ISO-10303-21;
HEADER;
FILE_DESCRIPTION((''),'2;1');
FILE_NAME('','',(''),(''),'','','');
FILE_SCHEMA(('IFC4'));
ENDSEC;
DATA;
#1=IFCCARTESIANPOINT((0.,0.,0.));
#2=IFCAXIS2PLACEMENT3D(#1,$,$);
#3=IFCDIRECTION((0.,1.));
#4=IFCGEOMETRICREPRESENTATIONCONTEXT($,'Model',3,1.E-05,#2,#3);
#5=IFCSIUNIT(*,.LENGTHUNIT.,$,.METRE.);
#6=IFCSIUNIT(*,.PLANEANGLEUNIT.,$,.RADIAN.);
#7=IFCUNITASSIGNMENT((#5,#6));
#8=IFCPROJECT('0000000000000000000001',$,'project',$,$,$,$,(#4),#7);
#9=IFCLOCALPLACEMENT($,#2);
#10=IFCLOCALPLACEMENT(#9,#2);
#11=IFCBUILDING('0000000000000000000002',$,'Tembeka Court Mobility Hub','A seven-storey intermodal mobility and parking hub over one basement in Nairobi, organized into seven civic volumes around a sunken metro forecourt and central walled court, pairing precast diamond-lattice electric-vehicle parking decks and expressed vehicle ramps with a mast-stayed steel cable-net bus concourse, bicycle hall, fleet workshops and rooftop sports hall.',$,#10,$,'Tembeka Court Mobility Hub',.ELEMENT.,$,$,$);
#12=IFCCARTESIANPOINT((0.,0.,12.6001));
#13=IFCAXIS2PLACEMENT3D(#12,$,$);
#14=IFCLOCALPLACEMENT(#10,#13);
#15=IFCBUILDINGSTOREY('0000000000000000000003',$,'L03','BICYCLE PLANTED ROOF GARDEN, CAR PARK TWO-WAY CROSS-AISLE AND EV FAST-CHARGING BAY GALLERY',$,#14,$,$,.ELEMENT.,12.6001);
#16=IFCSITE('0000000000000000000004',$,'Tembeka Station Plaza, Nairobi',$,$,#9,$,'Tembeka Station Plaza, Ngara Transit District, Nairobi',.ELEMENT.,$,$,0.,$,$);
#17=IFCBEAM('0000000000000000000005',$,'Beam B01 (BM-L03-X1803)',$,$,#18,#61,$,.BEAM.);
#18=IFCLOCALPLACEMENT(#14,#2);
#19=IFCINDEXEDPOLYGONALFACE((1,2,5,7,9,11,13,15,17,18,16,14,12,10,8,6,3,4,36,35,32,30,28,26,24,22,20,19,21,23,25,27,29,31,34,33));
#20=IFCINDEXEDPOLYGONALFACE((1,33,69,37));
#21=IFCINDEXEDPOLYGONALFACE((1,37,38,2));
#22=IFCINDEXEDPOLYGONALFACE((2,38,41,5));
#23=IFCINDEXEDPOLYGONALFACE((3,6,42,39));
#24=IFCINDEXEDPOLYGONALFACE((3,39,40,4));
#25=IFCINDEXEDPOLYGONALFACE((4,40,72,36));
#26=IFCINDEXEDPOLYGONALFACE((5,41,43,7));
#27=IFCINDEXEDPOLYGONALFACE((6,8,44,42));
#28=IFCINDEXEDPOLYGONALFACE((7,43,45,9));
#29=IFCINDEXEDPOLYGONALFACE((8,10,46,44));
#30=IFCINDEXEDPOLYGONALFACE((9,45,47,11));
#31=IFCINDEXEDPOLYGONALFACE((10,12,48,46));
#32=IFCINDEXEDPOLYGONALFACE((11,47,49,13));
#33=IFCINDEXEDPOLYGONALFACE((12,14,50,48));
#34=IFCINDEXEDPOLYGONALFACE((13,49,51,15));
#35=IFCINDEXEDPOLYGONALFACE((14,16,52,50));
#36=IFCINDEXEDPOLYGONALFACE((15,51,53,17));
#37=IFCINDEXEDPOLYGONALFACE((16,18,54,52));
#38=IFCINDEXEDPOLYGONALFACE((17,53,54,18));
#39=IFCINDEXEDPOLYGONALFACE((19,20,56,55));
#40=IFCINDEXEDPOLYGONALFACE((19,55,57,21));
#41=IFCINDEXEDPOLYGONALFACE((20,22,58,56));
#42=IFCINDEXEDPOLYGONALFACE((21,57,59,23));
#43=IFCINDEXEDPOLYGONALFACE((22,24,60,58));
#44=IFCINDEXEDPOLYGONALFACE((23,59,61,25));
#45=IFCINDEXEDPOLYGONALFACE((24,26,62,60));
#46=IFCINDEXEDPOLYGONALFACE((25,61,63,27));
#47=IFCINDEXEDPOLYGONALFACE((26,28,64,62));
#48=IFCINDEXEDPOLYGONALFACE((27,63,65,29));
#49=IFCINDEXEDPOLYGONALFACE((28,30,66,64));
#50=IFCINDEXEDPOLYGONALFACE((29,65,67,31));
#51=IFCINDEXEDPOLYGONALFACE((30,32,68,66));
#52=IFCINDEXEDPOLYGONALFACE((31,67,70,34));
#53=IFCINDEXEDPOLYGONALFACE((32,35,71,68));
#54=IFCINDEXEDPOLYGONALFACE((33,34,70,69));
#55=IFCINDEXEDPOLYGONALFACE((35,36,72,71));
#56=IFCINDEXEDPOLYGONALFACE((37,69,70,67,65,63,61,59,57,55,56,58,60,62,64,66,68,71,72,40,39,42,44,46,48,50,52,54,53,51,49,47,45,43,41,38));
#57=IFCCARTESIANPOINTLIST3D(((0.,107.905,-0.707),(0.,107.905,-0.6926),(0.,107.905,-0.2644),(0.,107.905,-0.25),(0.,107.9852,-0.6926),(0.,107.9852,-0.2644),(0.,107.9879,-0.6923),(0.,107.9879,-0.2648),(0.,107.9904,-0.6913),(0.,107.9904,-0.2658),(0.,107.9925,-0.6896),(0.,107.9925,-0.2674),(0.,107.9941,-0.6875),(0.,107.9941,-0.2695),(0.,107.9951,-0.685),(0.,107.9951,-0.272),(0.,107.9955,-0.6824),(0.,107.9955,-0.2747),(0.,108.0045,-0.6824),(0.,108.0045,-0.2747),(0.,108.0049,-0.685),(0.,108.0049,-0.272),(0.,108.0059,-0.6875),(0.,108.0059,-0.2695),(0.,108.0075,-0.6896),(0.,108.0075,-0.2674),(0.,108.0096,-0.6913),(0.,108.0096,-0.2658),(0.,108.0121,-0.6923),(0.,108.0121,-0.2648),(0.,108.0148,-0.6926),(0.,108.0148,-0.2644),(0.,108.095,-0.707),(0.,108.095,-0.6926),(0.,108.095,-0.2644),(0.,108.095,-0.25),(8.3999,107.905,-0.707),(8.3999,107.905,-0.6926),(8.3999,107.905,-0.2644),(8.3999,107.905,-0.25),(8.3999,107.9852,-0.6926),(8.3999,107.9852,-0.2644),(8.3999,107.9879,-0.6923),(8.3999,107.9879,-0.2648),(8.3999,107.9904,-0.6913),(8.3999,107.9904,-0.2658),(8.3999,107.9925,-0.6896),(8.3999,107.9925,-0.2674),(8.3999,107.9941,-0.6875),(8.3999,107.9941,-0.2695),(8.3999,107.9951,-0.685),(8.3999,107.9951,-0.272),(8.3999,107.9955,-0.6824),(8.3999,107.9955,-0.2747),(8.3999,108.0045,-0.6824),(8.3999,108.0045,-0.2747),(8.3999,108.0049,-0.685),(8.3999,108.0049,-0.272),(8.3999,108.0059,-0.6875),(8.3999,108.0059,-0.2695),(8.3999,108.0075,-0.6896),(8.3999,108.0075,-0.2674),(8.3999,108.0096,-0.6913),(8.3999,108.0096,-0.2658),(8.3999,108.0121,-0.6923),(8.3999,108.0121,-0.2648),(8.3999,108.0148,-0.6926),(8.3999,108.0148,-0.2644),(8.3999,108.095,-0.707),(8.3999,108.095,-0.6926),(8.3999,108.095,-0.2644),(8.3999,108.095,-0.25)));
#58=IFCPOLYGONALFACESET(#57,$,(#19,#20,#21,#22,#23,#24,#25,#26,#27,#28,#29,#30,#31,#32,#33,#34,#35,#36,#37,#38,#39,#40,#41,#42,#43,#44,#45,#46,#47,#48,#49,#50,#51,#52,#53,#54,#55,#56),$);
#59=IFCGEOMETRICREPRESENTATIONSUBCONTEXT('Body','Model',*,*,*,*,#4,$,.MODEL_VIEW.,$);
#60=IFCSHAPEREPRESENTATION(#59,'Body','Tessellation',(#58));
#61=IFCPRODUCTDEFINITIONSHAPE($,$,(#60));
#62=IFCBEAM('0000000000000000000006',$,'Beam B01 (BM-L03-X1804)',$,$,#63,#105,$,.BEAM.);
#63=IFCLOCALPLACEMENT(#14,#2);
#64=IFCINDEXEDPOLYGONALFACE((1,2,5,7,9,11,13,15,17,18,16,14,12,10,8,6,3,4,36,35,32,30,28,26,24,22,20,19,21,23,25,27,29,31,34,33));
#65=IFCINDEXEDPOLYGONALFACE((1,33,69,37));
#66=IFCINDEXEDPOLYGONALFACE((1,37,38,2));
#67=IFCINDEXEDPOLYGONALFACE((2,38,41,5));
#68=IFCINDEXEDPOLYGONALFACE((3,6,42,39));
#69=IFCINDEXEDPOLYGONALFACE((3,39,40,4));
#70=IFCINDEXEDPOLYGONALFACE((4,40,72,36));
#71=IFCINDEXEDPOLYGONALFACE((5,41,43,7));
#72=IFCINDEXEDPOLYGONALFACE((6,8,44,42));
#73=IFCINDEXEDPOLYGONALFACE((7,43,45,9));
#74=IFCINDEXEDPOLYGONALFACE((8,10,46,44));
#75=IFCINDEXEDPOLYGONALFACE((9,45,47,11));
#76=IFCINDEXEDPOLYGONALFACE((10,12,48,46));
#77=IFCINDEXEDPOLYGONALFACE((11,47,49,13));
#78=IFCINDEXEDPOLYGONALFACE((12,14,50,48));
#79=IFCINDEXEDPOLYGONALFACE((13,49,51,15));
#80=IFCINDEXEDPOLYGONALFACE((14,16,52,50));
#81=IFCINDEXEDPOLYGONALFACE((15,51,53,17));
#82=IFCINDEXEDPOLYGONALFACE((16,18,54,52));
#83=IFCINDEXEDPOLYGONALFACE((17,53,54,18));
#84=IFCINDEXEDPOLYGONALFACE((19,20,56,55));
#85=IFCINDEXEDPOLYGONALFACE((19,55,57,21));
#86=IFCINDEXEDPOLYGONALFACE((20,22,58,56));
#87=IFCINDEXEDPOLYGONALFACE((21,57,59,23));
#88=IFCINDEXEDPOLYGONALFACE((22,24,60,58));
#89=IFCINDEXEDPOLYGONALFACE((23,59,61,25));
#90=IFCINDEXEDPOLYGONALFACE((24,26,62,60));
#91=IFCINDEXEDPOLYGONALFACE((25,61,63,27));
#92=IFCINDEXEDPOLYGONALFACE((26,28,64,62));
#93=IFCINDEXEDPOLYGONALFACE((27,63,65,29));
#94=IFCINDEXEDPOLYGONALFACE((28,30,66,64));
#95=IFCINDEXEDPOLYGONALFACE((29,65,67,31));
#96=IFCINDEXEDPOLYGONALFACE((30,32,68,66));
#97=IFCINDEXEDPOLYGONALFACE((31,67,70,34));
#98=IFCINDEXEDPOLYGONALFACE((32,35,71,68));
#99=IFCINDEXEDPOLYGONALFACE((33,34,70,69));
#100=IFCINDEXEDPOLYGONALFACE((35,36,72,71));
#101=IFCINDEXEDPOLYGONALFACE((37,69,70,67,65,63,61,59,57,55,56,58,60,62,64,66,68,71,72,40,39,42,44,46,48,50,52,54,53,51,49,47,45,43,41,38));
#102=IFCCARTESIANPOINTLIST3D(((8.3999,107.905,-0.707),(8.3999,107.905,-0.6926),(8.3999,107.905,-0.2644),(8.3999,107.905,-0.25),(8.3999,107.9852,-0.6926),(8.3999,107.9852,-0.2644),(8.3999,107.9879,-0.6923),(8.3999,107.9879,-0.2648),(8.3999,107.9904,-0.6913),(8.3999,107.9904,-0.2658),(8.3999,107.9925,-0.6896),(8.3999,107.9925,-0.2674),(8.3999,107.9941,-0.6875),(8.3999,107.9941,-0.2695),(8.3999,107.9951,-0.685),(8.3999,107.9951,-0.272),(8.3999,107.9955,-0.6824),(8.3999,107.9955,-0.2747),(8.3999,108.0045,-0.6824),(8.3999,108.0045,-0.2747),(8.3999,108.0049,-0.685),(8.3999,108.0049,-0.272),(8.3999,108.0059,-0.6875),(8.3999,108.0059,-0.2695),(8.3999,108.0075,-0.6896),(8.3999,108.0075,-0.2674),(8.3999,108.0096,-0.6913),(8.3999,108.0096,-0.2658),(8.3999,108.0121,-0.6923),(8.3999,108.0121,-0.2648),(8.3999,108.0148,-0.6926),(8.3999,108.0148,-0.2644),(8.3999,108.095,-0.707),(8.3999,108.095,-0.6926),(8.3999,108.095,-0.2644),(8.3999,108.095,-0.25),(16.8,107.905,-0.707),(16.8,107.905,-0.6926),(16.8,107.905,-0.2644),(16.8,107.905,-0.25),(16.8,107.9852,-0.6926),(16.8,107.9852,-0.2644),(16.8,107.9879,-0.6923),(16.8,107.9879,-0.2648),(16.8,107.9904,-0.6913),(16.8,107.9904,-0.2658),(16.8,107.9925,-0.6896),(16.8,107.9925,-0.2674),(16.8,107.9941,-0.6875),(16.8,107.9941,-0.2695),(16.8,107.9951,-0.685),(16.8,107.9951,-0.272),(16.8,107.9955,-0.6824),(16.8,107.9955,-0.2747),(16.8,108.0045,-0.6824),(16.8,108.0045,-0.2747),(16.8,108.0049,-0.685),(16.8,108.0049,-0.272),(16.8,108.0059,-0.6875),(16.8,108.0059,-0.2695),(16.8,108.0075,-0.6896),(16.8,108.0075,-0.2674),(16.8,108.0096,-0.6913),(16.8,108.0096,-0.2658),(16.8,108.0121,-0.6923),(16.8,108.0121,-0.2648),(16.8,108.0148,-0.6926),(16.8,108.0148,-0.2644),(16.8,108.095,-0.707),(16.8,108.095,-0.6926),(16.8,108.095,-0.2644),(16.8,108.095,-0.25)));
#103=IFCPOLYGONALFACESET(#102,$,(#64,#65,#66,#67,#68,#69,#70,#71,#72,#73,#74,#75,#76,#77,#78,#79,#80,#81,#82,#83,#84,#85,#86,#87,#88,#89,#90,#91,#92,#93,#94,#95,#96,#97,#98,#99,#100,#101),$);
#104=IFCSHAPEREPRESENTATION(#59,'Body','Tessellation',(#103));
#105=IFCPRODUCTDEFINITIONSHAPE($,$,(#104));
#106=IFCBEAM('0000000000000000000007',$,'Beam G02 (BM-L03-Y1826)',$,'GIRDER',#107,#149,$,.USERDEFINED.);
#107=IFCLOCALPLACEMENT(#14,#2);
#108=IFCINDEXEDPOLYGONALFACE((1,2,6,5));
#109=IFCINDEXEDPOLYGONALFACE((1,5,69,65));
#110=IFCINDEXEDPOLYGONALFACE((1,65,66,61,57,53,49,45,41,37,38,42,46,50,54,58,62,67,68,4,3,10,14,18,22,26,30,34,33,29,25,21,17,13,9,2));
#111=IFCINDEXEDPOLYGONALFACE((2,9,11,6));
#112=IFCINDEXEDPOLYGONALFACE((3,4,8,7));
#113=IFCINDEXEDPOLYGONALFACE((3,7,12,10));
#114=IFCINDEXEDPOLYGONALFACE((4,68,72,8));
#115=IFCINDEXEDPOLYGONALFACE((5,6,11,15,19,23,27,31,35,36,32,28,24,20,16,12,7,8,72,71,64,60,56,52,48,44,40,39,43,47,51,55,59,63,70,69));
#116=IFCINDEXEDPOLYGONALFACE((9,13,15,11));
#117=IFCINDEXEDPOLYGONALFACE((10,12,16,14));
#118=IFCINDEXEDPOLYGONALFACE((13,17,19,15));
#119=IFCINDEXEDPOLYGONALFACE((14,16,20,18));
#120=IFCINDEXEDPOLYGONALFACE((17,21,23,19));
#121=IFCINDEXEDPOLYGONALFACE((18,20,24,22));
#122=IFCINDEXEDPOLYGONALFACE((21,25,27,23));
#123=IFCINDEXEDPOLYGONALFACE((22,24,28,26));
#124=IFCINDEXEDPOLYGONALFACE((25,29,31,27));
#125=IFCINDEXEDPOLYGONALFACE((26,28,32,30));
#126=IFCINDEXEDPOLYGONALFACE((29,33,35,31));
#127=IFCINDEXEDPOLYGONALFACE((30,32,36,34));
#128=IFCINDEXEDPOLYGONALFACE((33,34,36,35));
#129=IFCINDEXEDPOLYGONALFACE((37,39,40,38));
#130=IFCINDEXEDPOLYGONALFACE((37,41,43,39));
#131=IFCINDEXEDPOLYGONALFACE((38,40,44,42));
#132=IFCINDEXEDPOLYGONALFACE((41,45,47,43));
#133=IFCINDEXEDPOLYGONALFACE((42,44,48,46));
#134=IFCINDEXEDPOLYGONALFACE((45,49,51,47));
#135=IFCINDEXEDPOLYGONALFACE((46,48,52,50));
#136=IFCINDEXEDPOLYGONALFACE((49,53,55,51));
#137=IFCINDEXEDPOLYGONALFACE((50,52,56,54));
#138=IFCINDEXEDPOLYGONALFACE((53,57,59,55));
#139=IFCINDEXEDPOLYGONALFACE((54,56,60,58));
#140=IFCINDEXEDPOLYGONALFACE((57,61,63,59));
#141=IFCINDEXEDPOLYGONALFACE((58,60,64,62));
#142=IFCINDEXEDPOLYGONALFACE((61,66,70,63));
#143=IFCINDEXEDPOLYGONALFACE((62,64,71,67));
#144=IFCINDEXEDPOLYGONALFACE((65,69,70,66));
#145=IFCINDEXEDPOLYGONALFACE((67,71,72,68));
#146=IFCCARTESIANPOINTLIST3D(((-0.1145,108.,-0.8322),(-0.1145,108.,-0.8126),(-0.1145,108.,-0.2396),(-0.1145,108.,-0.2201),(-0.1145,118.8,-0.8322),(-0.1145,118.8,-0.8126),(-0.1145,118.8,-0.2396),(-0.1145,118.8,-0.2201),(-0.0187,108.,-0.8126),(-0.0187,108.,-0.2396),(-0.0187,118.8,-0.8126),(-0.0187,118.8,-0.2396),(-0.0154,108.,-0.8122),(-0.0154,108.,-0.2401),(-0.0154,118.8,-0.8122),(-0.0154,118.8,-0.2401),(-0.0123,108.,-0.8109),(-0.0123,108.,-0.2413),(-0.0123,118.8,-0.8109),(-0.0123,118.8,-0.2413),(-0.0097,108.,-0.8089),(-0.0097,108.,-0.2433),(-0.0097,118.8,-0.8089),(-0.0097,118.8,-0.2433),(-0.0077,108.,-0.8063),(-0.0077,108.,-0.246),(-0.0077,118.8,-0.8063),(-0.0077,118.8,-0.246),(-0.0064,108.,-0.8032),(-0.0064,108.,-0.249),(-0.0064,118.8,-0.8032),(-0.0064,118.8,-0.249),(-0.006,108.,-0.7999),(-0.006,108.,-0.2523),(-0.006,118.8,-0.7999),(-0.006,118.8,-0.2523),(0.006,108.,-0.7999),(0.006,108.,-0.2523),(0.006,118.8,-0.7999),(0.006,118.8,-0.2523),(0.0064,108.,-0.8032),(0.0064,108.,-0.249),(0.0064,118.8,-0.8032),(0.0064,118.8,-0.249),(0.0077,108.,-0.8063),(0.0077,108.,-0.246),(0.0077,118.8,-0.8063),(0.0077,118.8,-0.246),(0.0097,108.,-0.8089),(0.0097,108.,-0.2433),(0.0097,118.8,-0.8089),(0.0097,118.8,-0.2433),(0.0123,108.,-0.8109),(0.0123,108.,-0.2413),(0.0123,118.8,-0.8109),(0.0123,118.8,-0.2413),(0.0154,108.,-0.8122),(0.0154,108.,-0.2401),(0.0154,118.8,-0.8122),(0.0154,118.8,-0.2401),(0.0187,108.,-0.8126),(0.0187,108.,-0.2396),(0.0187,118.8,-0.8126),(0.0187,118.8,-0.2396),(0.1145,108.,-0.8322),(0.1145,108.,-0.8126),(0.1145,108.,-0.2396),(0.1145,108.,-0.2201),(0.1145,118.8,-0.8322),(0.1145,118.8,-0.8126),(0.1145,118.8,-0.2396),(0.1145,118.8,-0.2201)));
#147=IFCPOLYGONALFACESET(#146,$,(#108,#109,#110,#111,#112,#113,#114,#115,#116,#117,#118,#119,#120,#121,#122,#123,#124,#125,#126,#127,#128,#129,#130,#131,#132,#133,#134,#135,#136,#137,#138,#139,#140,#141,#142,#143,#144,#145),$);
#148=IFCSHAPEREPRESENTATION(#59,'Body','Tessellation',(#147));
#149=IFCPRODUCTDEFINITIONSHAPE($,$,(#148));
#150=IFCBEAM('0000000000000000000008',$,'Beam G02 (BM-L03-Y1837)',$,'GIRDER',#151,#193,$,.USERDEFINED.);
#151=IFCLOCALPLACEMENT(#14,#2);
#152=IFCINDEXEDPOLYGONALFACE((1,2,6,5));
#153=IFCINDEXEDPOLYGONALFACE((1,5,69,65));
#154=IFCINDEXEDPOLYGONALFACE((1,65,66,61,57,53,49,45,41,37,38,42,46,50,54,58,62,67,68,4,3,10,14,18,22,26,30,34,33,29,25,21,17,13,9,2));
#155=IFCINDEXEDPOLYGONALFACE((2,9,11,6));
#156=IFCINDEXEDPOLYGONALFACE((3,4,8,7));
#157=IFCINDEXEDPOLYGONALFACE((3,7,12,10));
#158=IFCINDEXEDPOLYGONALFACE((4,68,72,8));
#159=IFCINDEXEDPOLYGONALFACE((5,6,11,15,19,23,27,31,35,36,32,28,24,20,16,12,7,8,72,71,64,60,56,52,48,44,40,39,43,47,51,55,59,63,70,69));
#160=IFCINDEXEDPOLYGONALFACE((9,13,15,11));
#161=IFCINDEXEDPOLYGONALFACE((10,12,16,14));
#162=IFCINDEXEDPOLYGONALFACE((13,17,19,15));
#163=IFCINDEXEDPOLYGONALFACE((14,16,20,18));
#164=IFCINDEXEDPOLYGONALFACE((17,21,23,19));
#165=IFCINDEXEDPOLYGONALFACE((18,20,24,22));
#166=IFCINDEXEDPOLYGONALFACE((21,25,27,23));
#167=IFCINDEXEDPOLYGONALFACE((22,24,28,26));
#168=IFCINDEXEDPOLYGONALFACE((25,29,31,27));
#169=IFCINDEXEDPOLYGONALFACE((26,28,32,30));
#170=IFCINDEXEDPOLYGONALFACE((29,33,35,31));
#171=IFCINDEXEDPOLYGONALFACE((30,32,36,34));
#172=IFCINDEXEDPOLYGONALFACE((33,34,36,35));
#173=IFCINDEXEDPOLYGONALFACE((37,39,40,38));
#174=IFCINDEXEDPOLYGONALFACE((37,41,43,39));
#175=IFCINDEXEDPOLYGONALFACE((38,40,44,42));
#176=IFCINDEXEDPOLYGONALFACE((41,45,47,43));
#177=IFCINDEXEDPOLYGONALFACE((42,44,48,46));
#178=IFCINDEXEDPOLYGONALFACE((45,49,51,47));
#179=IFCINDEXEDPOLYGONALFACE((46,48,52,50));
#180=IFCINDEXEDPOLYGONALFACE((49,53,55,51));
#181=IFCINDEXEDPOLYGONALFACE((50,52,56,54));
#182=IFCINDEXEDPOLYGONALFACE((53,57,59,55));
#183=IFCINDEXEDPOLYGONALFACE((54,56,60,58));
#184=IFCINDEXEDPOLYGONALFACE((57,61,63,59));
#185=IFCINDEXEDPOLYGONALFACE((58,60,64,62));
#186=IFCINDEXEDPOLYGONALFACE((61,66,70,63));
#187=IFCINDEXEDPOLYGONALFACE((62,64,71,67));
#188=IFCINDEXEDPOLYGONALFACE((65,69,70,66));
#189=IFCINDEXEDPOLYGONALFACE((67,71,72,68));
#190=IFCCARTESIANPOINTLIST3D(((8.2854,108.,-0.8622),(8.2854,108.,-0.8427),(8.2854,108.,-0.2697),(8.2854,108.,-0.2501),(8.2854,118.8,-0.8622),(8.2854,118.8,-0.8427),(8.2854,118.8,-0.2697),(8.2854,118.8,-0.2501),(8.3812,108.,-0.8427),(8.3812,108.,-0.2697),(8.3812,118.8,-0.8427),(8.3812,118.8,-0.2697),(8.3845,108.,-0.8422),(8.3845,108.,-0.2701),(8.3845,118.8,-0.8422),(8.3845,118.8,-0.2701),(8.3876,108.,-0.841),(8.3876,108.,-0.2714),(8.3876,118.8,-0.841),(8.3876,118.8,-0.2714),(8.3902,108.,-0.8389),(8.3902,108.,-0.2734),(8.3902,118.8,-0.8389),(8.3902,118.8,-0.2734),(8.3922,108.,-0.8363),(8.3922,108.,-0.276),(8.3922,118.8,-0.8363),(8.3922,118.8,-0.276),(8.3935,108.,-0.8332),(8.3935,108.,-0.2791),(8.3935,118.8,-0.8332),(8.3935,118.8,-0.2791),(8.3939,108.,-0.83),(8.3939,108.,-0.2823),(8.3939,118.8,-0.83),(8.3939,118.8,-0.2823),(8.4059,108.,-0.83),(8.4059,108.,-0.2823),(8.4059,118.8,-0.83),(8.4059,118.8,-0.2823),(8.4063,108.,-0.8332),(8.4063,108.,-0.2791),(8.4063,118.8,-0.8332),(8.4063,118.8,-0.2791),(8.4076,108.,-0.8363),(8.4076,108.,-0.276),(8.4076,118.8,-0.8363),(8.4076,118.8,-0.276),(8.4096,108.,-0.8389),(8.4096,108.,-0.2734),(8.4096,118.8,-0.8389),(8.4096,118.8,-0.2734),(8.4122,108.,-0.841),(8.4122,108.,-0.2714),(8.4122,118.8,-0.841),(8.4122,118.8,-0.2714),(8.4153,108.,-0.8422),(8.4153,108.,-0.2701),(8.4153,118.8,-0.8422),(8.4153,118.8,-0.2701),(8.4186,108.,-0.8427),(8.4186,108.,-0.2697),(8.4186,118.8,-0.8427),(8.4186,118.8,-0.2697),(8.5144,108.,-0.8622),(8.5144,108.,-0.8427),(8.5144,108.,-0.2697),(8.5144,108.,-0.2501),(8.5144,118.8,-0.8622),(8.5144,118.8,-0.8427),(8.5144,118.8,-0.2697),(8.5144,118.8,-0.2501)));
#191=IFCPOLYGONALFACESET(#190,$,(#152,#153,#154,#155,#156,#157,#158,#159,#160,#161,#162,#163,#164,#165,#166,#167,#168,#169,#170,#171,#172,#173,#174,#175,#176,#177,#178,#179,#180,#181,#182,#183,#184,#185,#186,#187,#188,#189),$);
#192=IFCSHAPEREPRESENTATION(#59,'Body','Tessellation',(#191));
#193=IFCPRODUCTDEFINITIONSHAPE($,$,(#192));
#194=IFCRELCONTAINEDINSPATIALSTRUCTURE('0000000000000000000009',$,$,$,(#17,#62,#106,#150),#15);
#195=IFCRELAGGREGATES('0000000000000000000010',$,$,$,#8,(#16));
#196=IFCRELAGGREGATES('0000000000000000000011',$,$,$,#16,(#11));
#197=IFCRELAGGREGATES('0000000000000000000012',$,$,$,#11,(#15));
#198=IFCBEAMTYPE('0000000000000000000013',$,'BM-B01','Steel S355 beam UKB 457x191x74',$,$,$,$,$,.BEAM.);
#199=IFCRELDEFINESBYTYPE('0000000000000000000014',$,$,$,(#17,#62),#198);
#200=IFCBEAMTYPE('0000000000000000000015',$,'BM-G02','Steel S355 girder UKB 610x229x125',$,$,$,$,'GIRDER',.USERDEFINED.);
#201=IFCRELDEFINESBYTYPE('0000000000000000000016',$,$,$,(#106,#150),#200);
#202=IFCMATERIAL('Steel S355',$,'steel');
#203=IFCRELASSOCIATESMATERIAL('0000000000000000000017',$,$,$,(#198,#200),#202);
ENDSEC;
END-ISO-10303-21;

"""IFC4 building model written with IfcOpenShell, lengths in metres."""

from ifc_helpers import new_model, si_unit, direction, frame, origin, origin_2d, place, context, subcontext, project, spatial, i_section, extrude, material, material_profile, profile_set, type_object, element, save


model = new_model("IFC4")

# Units and contexts
model_context = context("Model", 3, precision=1e-05, world=origin(), true_north=direction((0.0, 1.0)))
body_context = subcontext(model_context, "Body", "Model", "MODEL_VIEW")
ifc_project = project(units=[si_unit("LENGTHUNIT", "METRE"), si_unit("PLANEANGLEUNIT", "RADIAN")], contexts=[model_context])

# Site, building, storey
site_placement = place(None, origin())
site = spatial("IfcSite", under=ifc_project, at=site_placement, Name="Tembeka Station Plaza, Nairobi", LongName="Tembeka Station Plaza, Ngara Transit District, Nairobi", CompositionType="ELEMENT", RefElevation=0.0)
building_placement = place(site_placement, origin())
building = spatial("IfcBuilding", under=site, at=building_placement, Name="Tembeka Court Mobility Hub", Description="A seven-storey intermodal mobility and parking hub over one basement in Nairobi, organized into seven civic volumes around a sunken metro forecourt and central walled court, pairing precast diamond-lattice electric-vehicle parking decks and expressed vehicle ramps with a mast-stayed steel cable-net bus concourse, bicycle hall, fleet workshops and rooftop sports hall.", LongName="Tembeka Court Mobility Hub", CompositionType="ELEMENT")
storey_placement = place(building_placement, frame((0.0, 0.0, 12.6001)))
storey = spatial("IfcBuildingStorey", under=building, at=storey_placement, Name="L03", Description="BICYCLE PLANTED ROOF GARDEN, CAR PARK TWO-WAY CROSS-AISLE AND EV FAST-CHARGING BAY GALLERY", CompositionType="ELEMENT", Elevation=12.6001)

# Shared definitions
ifc_material_1 = material(Name="Steel S355", Category="steel")

# Beams
ifc_material_profile_1 = material_profile(ifc_material_1, i_section(OverallWidth=0.1899, OverallDepth=0.457, WebThickness=0.009, FlangeThickness=0.0144, FilletRadius=0.0103, at=origin_2d()), Name="UKB 457x191x74")
ifc_profile_set_1 = profile_set([ifc_material_profile_1], Name="Steel S355")
beam_type_1 = type_object("IfcBeamType", Name="BM-B01", Description="Steel S355 beam UKB 457x191x74", PredefinedType="BEAM", material=ifc_profile_set_1)
beam_1_placement = place(storey_placement, frame((0.0, 108.0, -0.4785), z_axis=(1.0, 0.0, 0.0), x_axis=(0.0, 1.0, 0.0)))
element("IfcBeam", 1, at=beam_1_placement, inside=storey, type_object=beam_type_1, Name="Beam B01 (BM-L03-X1803)", PredefinedType="BEAM", context=body_context, shape_type="SweptSolid", body=[
    extrude(i_section(OverallWidth=0.1899, OverallDepth=0.457, WebThickness=0.009, FlangeThickness=0.0144, FilletRadius=0.0103, at=origin_2d()), origin(), (0.0, 0.0, 1.0), 8.3999),
])
beam_2_placement = place(storey_placement, frame((8.3999, 108.0, -0.4785), z_axis=(1.0, 0.0, 0.0), x_axis=(0.0, 1.0, 0.0)))
element("IfcBeam", 2, at=beam_2_placement, inside=storey, type_object=beam_type_1, Name="Beam B01 (BM-L03-X1804)", PredefinedType="BEAM", context=body_context, shape_type="SweptSolid", body=[
    extrude(i_section(OverallWidth=0.1899, OverallDepth=0.457, WebThickness=0.009, FlangeThickness=0.0144, FilletRadius=0.0103, at=origin_2d()), origin(), (0.0, 0.0, 1.0), 8.4001),
])
ifc_material_profile_2 = material_profile(ifc_material_1, i_section(OverallWidth=0.229, OverallDepth=0.6121, WebThickness=0.012, FlangeThickness=0.0195, FilletRadius=0.0127, at=origin_2d()), Name="UKB 610x229x125")
ifc_profile_set_2 = profile_set([ifc_material_profile_2], Name="Steel S355")
beam_type_2 = type_object("IfcBeamType", Name="BM-G02", Description="Steel S355 girder UKB 610x229x125", ElementType="GIRDER", PredefinedType="USERDEFINED", material=ifc_profile_set_2)
for number, where, z_axis, x_axis, name in (
    (3, (0.0, 108.0, -0.5261), (0.0, 1.0, 0.0), (-1.0, 0.0, 0.0), "Beam G02 (BM-L03-Y1826)"),
    (4, (8.3999, 108.0, -0.5562), (0.0, 1.0, 0.0), (-1.0, 0.0, 0.0), "Beam G02 (BM-L03-Y1837)"),
):
    element("IfcBeam", number, at=place(storey_placement, frame(where, z_axis=z_axis, x_axis=x_axis)), inside=storey, type_object=beam_type_2, Name=name, ObjectType="GIRDER", PredefinedType="USERDEFINED", context=body_context, shape_type="SweptSolid", body=[
        extrude(i_section(OverallWidth=0.229, OverallDepth=0.6121, WebThickness=0.012, FlangeThickness=0.0195, FilletRadius=0.0127, at=origin_2d()), origin(), (0.0, 0.0, 1.0), 10.8),
    ])

save(model, "model.ifc")
